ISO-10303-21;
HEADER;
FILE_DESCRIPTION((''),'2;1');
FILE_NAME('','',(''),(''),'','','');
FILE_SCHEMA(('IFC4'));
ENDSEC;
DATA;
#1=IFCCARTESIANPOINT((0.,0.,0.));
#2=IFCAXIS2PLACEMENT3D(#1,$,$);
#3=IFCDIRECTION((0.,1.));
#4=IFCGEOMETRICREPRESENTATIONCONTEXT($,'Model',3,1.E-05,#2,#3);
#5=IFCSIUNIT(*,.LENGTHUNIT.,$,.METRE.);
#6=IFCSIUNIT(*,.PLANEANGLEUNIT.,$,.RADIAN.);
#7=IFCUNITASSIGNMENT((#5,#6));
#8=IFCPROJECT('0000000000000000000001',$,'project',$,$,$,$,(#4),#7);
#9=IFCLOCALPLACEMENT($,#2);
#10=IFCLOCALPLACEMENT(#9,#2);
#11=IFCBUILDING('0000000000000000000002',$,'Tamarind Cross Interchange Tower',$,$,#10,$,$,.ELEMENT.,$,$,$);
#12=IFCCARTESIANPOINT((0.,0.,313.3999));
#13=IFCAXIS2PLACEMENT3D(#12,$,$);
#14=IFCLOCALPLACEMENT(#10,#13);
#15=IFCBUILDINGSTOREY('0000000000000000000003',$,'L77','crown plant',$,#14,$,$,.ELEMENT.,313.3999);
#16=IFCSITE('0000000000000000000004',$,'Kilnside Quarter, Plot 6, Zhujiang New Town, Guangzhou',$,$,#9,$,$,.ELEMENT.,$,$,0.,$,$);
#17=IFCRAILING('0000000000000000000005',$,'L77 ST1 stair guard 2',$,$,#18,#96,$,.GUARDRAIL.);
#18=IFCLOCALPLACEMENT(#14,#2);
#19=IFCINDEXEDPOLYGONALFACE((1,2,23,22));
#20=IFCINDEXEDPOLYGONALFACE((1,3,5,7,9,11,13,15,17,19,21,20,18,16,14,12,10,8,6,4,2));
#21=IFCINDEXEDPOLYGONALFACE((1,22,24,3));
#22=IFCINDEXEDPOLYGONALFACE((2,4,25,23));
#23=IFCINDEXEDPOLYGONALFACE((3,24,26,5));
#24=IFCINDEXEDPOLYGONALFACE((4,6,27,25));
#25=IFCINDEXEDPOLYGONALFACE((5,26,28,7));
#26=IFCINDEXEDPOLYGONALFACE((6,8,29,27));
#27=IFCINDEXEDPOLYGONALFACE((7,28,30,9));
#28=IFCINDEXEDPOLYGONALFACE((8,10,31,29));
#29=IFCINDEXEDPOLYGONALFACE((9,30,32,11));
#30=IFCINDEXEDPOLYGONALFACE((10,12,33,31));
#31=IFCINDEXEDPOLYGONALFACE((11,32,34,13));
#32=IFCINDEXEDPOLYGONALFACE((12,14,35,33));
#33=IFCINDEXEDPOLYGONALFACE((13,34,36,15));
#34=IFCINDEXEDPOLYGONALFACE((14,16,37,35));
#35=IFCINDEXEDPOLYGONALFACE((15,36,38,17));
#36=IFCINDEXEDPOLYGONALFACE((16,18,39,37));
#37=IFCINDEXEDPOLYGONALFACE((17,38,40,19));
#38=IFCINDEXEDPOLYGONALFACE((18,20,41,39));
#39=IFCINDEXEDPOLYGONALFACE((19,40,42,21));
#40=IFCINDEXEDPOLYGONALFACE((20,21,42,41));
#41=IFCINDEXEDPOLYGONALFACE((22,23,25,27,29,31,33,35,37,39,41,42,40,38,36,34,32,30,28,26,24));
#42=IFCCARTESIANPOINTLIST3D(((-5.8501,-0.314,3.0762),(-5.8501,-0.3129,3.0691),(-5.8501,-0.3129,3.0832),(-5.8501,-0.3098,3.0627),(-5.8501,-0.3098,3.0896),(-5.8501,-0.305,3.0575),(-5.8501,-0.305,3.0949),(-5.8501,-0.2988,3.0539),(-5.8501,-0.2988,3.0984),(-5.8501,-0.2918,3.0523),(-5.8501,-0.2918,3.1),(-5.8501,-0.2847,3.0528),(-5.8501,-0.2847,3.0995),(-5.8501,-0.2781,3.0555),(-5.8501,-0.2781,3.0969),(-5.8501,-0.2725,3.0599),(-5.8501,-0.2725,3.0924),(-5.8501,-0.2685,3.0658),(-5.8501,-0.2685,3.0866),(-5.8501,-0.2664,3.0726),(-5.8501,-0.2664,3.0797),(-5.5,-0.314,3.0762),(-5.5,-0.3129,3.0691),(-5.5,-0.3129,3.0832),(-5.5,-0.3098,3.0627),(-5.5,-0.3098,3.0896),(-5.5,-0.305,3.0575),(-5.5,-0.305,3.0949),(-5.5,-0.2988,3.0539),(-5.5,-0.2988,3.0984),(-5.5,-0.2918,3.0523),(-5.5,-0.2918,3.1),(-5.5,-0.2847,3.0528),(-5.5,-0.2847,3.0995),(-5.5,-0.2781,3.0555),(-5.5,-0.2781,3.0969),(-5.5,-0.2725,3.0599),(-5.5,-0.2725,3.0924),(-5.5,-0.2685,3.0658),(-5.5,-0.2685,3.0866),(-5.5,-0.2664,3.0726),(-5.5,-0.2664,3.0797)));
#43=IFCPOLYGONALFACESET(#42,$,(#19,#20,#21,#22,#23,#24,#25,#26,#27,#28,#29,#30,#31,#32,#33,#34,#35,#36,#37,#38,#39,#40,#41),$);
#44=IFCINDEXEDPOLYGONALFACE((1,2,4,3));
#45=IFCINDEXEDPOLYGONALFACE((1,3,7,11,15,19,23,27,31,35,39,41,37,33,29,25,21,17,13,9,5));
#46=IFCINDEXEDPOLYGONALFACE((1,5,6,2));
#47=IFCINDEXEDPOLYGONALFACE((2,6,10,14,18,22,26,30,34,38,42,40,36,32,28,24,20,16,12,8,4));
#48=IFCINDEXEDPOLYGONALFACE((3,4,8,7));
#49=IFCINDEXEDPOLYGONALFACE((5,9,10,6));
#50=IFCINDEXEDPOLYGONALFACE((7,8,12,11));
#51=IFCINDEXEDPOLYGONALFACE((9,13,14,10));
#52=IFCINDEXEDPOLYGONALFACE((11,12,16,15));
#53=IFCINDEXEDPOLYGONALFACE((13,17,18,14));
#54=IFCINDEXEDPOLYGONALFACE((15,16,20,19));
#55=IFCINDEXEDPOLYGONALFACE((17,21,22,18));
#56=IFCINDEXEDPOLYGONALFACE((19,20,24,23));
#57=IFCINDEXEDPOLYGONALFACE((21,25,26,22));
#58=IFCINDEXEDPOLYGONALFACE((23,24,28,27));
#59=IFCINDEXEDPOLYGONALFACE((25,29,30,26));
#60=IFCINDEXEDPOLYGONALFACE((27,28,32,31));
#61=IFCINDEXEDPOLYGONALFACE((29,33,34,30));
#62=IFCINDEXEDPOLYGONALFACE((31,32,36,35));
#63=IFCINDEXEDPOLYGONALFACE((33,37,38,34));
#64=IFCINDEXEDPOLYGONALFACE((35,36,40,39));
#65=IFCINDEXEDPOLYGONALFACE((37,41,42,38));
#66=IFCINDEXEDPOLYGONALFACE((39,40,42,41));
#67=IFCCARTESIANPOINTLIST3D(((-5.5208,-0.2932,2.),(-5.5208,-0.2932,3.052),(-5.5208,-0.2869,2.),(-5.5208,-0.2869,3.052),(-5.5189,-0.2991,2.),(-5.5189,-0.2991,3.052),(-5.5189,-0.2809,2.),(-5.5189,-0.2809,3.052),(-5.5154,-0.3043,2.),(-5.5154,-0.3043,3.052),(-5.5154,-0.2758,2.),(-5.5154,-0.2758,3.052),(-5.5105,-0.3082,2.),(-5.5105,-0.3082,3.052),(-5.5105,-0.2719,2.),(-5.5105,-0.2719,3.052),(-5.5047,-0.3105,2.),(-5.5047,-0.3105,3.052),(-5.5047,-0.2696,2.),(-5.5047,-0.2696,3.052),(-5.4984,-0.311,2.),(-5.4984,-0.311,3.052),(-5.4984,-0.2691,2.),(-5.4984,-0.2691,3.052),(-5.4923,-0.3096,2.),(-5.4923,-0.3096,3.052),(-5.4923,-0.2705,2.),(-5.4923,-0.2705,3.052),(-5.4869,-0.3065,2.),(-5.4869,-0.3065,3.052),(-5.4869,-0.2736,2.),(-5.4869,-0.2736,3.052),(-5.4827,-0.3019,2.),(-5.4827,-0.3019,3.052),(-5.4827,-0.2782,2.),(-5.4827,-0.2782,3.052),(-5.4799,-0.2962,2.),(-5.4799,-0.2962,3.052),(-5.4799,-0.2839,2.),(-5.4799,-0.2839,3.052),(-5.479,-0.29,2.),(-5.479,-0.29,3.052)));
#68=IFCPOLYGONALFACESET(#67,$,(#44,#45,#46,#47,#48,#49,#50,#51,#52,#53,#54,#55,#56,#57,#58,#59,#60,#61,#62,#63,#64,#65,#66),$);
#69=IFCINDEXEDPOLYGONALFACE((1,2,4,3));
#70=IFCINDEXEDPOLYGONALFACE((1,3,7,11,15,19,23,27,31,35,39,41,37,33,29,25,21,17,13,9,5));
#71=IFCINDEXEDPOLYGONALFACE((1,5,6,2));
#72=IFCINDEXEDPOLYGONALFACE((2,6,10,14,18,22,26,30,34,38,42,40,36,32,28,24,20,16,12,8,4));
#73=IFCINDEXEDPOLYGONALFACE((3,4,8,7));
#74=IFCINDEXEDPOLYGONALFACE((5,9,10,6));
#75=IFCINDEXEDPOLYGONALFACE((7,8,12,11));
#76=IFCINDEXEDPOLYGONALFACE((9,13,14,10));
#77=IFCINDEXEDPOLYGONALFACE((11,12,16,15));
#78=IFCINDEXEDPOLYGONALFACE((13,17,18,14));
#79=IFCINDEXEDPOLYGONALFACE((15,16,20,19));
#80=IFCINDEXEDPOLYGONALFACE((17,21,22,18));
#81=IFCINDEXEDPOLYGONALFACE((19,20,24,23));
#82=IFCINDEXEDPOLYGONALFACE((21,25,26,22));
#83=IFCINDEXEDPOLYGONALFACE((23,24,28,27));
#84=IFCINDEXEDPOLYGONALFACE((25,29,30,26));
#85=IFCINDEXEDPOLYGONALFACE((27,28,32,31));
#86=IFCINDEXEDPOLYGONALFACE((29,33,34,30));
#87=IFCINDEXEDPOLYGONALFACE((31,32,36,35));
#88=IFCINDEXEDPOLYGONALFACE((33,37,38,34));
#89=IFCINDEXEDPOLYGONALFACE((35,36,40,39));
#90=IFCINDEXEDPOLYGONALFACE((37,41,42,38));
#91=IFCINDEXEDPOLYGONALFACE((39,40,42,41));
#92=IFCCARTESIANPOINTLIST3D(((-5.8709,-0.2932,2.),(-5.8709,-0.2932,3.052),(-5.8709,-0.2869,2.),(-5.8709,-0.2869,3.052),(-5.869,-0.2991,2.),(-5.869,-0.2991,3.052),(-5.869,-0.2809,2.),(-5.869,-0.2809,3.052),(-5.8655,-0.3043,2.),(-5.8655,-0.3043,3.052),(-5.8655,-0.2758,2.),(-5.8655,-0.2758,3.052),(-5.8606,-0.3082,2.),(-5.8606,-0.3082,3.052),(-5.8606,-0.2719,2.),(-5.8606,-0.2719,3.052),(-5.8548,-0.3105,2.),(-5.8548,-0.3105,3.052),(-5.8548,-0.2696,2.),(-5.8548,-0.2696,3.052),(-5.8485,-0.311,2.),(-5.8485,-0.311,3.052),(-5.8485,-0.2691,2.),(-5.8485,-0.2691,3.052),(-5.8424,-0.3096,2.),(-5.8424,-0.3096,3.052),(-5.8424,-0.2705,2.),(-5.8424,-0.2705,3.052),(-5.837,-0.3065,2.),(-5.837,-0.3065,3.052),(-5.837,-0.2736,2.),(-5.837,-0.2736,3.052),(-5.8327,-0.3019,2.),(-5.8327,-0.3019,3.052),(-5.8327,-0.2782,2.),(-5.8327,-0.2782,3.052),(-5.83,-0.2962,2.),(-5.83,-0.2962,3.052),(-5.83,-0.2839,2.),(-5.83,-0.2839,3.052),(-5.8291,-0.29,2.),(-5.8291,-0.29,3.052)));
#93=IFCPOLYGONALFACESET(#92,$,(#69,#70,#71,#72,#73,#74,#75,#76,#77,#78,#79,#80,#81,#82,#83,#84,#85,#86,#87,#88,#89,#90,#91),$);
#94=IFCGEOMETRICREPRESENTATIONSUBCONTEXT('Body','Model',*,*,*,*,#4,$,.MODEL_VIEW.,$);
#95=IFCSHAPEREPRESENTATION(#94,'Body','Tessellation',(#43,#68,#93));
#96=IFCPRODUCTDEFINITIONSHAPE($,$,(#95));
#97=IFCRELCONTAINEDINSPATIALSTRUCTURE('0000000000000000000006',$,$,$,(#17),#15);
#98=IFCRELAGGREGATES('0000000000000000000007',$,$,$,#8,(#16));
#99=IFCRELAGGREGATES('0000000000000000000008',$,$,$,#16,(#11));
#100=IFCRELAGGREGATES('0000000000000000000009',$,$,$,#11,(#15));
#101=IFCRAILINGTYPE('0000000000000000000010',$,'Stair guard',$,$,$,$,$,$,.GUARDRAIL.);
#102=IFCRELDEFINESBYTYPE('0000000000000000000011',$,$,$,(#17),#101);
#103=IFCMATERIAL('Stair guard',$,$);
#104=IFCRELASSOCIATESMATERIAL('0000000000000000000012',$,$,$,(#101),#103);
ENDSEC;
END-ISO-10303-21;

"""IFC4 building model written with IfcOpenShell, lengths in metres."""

from ifc_helpers import new_model, si_unit, direction, frame, origin, origin_2d, place, context, subcontext, project, spatial, circle, extrude, material, type_object, element, save


model = new_model("IFC4")

# Units and contexts
model_context = context("Model", 3, precision=1e-05, world=origin(), true_north=direction((0.0, 1.0)))
body_context = subcontext(model_context, "Body", "Model", "MODEL_VIEW")
ifc_project = project(units=[si_unit("LENGTHUNIT", "METRE"), si_unit("PLANEANGLEUNIT", "RADIAN")], contexts=[model_context])

# Site, building, storey
site_placement = place(None, origin())
site = spatial("IfcSite", under=ifc_project, at=site_placement, Name="Kilnside Quarter, Plot 6, Zhujiang New Town, Guangzhou", CompositionType="ELEMENT", RefElevation=0.0)
building_placement = place(site_placement, origin())
building = spatial("IfcBuilding", under=site, at=building_placement, Name="Tamarind Cross Interchange Tower", CompositionType="ELEMENT")
storey_placement = place(building_placement, frame((0.0, 0.0, 313.3999)))
storey = spatial("IfcBuildingStorey", under=building, at=storey_placement, Name="L77", Description="crown plant", CompositionType="ELEMENT", Elevation=313.3999)

# Railing
ifc_material_1 = material(Name="Stair guard")
railing_type_1 = type_object("IfcRailingType", Name="Stair guard", PredefinedType="GUARDRAIL", material=ifc_material_1)
railing_1_placement = place(storey_placement, frame((-5.5, -0.29, 2.0)))
element("IfcRailing", 1, at=railing_1_placement, inside=storey, type_object=railing_type_1, Name="L77 ST1 stair guard 2", PredefinedType="GUARDRAIL", context=body_context, shape_type="SweptSolid", body=[
    extrude(circle(Radius=0.0239, at=origin_2d()), frame((0.0, 0.0, 1.0762), z_axis=(-1.0, 0.0, 0.0), x_axis=(0.0, -1.0, 0.0)), (0.0, 0.0, 1.0), 0.3501),
    extrude(circle(Radius=0.021, at=origin_2d()), origin(), (0.0, 0.0, 1.0), 1.052),
    extrude(circle(Radius=0.021, at=origin_2d()), frame((-0.3501, 0.0, 0.0)), (0.0, 0.0, 1.0), 1.052),
])

save(model, "model.ifc")
